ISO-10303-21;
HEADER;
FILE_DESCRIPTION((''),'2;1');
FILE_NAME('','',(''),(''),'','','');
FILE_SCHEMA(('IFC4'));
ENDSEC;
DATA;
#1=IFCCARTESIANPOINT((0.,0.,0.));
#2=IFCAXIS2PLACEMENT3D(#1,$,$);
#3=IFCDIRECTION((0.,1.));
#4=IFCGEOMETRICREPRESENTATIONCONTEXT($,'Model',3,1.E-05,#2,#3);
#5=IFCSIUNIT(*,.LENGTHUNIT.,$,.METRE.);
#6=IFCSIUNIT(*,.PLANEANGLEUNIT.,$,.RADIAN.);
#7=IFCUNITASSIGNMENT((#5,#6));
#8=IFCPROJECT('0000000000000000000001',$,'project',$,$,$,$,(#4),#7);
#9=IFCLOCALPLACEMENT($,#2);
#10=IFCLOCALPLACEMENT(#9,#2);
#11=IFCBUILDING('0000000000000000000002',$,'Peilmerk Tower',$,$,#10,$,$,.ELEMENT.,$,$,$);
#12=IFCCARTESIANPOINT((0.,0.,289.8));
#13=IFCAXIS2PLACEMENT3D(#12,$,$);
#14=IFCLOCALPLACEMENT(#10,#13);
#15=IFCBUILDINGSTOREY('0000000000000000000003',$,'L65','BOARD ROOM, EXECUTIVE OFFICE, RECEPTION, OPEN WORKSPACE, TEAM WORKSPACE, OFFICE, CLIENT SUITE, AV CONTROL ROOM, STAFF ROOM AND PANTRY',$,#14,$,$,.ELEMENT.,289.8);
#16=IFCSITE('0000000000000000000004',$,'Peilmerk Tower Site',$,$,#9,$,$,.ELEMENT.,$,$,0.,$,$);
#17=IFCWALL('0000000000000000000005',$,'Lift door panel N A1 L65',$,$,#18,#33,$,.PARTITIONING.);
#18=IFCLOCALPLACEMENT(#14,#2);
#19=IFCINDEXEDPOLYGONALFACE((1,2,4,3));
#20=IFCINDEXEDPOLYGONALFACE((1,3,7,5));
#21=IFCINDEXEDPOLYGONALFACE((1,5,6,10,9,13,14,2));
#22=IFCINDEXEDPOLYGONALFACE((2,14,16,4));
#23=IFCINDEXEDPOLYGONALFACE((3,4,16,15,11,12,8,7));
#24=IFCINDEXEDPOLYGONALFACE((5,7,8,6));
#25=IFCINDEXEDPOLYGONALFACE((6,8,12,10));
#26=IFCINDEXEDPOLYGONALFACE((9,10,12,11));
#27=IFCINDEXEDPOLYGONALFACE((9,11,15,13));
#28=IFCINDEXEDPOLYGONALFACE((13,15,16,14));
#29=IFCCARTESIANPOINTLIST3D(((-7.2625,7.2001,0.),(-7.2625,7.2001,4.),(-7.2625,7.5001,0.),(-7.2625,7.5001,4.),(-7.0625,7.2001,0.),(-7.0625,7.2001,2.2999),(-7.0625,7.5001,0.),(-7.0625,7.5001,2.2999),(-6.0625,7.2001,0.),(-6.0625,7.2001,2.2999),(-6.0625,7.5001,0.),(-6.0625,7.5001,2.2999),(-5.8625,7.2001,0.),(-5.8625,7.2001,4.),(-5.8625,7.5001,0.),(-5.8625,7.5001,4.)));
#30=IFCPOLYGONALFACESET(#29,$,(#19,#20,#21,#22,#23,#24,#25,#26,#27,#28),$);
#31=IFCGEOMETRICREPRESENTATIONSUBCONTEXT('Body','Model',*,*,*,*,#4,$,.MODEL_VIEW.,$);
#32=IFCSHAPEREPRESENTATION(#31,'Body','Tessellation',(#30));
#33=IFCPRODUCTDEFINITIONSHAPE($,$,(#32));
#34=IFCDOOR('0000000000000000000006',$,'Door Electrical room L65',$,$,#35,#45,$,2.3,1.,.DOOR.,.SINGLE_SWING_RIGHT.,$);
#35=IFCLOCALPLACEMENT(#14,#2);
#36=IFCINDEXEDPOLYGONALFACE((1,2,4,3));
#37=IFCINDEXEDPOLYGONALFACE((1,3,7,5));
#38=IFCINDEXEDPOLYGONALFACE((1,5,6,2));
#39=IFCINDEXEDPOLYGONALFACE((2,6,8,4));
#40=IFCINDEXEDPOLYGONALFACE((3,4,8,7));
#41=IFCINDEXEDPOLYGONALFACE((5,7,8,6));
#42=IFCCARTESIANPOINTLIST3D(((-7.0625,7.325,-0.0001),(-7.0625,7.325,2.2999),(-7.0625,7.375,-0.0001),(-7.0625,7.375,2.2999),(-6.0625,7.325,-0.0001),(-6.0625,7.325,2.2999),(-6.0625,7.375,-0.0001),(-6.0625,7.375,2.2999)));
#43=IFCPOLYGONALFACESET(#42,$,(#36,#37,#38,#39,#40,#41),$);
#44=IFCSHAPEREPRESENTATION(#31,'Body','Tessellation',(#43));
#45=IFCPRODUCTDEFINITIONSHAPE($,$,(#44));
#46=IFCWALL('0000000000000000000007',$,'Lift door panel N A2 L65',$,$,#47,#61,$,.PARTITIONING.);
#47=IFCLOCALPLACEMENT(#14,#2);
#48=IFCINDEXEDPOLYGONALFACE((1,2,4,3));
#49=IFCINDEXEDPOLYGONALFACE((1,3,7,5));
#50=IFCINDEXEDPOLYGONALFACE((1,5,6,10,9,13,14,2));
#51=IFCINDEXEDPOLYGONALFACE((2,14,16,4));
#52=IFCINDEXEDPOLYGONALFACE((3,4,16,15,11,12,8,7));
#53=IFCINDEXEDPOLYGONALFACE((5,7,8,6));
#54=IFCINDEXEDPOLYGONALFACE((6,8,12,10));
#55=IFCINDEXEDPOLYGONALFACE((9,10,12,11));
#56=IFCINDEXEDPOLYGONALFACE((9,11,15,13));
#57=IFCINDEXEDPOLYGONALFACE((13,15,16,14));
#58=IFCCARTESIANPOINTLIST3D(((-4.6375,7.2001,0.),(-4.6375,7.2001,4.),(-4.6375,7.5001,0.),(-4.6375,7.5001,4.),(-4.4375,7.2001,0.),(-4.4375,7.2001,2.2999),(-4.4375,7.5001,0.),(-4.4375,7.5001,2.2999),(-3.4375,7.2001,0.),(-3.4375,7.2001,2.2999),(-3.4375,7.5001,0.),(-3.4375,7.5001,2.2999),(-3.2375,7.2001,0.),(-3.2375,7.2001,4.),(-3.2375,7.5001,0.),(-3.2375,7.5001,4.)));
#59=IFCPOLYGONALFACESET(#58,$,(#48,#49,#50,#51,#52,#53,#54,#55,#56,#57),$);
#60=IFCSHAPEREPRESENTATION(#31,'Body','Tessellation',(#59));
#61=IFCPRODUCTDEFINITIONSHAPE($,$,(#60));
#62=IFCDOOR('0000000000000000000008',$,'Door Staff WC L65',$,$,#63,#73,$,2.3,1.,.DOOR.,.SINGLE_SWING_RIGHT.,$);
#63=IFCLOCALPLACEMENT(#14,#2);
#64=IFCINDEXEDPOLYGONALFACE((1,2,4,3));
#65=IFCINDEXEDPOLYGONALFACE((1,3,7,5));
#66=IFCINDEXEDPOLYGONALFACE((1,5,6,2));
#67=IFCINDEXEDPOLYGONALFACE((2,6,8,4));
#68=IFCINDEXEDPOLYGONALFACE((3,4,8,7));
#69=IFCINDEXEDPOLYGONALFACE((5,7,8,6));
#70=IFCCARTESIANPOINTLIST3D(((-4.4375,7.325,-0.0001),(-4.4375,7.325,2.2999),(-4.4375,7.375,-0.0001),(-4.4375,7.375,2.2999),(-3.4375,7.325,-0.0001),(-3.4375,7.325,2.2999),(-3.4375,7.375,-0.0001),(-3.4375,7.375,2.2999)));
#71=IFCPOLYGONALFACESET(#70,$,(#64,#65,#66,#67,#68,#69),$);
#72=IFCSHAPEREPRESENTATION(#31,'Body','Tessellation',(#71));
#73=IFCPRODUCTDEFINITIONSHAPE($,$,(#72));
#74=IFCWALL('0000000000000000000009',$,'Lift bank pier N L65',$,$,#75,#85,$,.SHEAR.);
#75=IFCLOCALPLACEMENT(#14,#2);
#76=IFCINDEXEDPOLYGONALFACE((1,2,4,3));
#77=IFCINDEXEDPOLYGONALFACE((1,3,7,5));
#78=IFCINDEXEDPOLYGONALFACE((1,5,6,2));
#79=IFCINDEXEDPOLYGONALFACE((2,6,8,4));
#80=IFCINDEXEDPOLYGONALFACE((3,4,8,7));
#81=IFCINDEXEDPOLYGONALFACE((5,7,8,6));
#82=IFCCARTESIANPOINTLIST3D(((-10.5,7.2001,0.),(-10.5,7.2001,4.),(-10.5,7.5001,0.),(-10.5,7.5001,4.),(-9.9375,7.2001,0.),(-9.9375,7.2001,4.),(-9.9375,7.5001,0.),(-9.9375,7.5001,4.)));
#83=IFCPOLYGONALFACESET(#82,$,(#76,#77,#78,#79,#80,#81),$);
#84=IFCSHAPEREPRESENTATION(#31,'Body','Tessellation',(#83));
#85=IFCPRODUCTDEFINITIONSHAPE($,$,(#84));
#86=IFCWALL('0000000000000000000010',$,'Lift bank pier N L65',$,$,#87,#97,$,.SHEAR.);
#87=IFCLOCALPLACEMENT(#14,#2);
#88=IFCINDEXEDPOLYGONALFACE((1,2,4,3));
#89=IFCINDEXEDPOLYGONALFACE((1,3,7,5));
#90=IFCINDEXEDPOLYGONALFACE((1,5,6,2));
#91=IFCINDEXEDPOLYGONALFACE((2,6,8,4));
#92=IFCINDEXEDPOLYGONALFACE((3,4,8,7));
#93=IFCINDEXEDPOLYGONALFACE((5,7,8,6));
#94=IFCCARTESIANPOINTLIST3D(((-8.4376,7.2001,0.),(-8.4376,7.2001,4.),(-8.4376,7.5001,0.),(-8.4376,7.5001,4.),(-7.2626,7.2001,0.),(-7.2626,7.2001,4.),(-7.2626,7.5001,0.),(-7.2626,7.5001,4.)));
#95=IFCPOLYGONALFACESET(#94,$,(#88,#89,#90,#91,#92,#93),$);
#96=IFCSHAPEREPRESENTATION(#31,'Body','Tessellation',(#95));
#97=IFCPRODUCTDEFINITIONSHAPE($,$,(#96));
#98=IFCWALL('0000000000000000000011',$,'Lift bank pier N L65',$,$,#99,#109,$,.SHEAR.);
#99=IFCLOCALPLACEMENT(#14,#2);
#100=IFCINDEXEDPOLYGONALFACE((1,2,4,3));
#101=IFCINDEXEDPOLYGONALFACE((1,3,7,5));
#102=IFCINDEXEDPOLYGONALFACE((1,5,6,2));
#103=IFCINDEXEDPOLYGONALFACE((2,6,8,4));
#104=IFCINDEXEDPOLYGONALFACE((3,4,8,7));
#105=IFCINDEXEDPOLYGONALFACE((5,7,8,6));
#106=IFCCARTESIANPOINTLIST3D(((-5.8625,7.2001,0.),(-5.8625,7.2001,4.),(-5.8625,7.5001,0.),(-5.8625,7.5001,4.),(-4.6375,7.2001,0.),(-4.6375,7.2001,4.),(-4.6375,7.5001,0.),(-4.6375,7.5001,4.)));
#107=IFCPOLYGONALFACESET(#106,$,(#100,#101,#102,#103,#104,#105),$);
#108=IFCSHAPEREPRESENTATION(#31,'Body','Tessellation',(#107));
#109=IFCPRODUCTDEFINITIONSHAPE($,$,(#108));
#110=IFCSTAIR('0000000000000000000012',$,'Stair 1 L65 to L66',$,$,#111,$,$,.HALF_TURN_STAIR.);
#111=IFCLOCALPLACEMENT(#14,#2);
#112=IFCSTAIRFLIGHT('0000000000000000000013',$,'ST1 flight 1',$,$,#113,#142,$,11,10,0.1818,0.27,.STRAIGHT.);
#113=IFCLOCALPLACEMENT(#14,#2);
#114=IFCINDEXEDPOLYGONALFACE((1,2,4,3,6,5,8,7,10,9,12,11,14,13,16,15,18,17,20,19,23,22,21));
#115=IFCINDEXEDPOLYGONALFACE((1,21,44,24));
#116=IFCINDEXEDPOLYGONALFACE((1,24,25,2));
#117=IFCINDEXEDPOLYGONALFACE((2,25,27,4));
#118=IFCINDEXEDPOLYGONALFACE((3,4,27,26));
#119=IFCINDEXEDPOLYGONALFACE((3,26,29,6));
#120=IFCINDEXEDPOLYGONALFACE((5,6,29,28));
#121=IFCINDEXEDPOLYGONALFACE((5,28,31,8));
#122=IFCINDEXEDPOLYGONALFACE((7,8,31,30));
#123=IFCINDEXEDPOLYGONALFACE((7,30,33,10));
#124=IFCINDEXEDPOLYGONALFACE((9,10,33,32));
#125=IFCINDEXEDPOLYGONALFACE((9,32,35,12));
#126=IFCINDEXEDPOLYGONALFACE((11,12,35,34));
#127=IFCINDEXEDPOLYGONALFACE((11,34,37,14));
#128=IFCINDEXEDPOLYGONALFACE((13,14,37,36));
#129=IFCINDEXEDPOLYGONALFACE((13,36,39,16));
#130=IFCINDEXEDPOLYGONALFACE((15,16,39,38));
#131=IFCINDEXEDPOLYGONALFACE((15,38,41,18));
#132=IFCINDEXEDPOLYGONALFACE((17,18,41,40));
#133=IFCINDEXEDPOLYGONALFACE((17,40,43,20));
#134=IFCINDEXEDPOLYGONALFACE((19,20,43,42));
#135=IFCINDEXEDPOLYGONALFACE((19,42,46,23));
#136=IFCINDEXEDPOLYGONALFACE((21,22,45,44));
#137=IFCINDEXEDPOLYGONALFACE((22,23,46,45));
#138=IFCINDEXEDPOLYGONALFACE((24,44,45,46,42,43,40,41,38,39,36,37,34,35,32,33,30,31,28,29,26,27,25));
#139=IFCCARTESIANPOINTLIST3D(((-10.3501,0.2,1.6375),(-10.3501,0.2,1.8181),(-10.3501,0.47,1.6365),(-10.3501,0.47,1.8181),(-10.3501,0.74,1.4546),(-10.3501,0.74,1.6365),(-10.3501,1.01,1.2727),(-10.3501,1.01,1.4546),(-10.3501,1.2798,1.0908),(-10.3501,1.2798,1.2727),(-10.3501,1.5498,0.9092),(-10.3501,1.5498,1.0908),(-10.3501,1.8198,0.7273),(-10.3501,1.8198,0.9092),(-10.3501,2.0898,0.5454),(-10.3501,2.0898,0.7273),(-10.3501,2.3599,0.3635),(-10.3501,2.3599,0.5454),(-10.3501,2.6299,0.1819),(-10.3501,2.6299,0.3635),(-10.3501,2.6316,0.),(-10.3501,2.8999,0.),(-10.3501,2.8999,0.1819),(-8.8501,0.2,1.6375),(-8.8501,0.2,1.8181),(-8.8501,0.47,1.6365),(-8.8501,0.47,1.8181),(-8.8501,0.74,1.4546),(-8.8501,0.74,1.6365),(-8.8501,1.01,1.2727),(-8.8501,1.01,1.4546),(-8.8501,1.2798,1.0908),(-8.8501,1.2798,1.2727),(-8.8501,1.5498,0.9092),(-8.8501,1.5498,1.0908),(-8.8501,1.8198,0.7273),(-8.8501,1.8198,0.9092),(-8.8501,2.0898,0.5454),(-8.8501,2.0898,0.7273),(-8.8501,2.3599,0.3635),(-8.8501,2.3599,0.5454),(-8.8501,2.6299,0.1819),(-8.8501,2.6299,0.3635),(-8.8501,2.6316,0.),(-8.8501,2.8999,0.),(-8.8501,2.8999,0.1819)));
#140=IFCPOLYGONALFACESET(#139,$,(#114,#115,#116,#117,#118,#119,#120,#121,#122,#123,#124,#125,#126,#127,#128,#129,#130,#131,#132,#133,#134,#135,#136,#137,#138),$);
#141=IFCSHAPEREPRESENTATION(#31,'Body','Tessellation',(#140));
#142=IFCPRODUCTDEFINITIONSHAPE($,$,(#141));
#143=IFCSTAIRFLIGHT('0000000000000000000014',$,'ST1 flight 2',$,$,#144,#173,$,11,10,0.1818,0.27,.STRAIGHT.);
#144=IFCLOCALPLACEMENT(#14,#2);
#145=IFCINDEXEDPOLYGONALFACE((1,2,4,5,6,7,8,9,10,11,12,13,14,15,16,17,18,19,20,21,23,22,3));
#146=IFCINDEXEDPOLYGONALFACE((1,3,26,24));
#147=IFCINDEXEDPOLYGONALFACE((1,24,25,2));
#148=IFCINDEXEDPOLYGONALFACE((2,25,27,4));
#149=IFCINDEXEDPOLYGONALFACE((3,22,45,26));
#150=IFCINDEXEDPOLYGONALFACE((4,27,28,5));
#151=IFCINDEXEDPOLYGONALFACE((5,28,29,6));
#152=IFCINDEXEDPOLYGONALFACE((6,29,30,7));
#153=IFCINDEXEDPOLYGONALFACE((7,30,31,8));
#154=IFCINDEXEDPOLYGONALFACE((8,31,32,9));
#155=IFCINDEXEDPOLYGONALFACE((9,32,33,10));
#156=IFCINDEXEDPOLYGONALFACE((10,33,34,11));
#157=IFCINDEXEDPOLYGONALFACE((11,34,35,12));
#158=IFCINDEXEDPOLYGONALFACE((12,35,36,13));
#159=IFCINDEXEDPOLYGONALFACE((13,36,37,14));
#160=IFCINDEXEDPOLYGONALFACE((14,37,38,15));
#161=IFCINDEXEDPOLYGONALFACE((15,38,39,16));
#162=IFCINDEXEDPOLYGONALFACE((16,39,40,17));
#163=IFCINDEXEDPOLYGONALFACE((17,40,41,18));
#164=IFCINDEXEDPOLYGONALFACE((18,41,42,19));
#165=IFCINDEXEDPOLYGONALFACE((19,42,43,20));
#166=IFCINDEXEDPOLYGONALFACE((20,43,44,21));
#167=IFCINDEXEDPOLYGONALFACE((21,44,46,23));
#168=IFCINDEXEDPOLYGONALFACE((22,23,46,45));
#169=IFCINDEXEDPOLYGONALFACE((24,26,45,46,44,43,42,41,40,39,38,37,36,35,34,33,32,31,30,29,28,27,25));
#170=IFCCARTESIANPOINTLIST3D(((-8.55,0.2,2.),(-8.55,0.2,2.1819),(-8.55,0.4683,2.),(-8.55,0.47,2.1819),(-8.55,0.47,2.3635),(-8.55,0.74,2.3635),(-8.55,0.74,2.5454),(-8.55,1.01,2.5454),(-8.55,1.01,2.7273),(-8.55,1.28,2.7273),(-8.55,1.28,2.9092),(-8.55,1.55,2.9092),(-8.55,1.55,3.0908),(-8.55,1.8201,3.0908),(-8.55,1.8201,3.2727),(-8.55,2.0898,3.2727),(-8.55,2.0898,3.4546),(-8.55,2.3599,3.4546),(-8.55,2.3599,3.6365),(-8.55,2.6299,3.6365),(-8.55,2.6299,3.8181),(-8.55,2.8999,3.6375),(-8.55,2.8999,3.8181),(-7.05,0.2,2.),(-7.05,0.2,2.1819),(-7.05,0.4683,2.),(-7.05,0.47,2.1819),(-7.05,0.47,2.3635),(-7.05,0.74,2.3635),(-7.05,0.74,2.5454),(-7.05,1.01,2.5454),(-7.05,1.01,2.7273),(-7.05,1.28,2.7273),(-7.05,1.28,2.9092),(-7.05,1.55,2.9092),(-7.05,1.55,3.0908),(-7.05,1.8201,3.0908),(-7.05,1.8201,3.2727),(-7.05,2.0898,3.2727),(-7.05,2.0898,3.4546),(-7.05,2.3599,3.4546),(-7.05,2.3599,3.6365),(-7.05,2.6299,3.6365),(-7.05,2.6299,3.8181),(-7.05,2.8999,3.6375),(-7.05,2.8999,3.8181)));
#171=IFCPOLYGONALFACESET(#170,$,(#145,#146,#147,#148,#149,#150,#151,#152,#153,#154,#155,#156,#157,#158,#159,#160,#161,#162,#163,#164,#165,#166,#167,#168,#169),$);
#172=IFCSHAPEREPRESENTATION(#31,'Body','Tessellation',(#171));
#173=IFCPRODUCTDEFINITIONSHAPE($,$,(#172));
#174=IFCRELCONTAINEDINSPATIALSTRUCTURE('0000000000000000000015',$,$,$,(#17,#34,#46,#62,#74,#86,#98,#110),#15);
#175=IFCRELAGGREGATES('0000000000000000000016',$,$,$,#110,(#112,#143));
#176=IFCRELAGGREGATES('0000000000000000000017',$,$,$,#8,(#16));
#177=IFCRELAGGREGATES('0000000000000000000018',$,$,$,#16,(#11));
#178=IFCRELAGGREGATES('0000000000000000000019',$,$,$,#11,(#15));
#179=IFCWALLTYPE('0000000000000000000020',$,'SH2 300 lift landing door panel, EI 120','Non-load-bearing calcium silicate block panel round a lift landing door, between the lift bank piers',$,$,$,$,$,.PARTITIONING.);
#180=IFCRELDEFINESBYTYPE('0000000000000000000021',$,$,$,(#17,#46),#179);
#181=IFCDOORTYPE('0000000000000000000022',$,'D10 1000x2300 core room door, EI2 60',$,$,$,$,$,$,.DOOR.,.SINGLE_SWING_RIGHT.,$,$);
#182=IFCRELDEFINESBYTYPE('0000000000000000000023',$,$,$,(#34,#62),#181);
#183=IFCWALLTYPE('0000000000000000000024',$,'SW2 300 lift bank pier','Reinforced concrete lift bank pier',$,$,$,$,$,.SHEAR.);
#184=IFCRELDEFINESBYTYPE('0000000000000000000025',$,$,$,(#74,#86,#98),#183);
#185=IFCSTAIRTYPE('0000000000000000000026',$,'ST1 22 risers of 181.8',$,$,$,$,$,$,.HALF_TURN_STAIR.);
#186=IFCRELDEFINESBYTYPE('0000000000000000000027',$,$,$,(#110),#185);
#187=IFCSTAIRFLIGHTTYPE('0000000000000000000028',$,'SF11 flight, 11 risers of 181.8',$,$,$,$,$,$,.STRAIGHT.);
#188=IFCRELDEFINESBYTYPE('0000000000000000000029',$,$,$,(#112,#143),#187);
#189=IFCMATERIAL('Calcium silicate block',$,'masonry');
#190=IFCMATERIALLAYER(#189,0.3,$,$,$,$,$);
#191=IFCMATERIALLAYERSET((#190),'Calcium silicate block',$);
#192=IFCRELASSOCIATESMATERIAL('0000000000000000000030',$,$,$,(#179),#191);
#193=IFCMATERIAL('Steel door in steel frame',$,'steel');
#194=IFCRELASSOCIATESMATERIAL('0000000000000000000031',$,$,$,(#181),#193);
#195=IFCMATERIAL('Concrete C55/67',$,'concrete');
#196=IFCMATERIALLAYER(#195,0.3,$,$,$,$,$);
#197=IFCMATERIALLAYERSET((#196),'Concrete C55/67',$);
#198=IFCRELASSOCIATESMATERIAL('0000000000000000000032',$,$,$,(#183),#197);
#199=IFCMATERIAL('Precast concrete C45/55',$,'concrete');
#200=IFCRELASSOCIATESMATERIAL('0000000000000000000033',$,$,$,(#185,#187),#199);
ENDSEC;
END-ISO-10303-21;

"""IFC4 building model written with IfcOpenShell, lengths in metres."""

from ifc_helpers import new_model, si_unit, direction, frame, frame_2d, origin, place, context, subcontext, project, spatial, polyline, rectangle, outline, extrude, material, layer, layer_set, type_object, element, fill, aggregate, save


model = new_model("IFC4")

# Units and contexts
model_context = context("Model", 3, precision=1e-05, world=origin(), true_north=direction((0.0, 1.0)))
body_context = subcontext(model_context, "Body", "Model", "MODEL_VIEW")
ifc_project = project(units=[si_unit("LENGTHUNIT", "METRE"), si_unit("PLANEANGLEUNIT", "RADIAN")], contexts=[model_context])

# Site, building, storey
site_placement = place(None, origin())
site = spatial("IfcSite", under=ifc_project, at=site_placement, Name="Peilmerk Tower Site", CompositionType="ELEMENT", RefElevation=0.0)
building_placement = place(site_placement, origin())
building = spatial("IfcBuilding", under=site, at=building_placement, Name="Peilmerk Tower", CompositionType="ELEMENT")
storey_placement = place(building_placement, frame((0.0, 0.0, 289.8)))
storey = spatial("IfcBuildingStorey", under=building, at=storey_placement, Name="L65", Description="BOARD ROOM, EXECUTIVE OFFICE, RECEPTION, OPEN WORKSPACE, TEAM WORKSPACE, OFFICE, CLIENT SUITE, AV CONTROL ROOM, STAFF ROOM AND PANTRY", CompositionType="ELEMENT", Elevation=289.8)

# Shared definitions
ifc_material_1 = material(Name="Concrete C55/67", Category="concrete")

# Shared definitions
ifc_material_2 = material(Name="Steel door in steel frame", Category="steel")

# Walls, openings, doors
ifc_material_3 = material(Name="Calcium silicate block", Category="masonry")
ifc_layer_1 = layer(ifc_material_3, 0.3)
ifc_layer_set_1 = layer_set([ifc_layer_1], Name="Calcium silicate block")
wall_type_1 = type_object("IfcWallType", Name="SH2 300 lift landing door panel, EI 120", Description="Non-load-bearing calcium silicate block panel round a lift landing door, between the lift bank piers", PredefinedType="PARTITIONING", material=ifc_layer_set_1)
wall_1_placement = place(storey_placement, frame((-7.2625, 7.3501, 0.0), z_axis=(0.0, 0.0, 1.0), x_axis=(1.0, 0.0, 0.0)))
wall_1 = element("IfcWall", 1, at=wall_1_placement, inside=storey, type_object=wall_type_1, Name="Lift door panel N A1 L65", PredefinedType="PARTITIONING", context=body_context, shape_type="SweptSolid", body=[
    extrude(rectangle(XDim=1.3999, YDim=0.3, at=frame_2d((0.7, 0.0))), origin(), (0.0, 0.0, 1.0), 4.0),
])
opening_1_placement = place(wall_1_placement, frame((0.2, 0.0, 0.0)))
opening_1 = element("IfcOpeningElement", 2, at=opening_1_placement, cuts=wall_1, PredefinedType="OPENING", context=body_context, shape_type="SweptSolid", body=[
    extrude(rectangle(XDim=1.0, YDim=2.3, at=frame_2d((0.5, 1.1499))), frame((0.0, 0.1599, 0.0), z_axis=(0.0, -1.0, 0.0), x_axis=(1.0, 0.0, 0.0)), (0.0, 0.0, 1.0), 0.3201),
])
door_type_1 = type_object("IfcDoorType", Name="D10 1000x2300 core room door, EI2 60", OperationType="SINGLE_SWING_RIGHT", PredefinedType="DOOR", material=ifc_material_2)
door_1_placement = place(opening_1_placement, origin())
door_1 = element("IfcDoor", 3, at=door_1_placement, inside=storey, type_object=door_type_1, Name="Door Electrical room L65", OperationType="SINGLE_SWING_RIGHT", OverallHeight=2.3, OverallWidth=1.0, PredefinedType="DOOR", context=body_context, shape_type="SweptSolid", body=[
    extrude(rectangle(XDim=1.0, YDim=2.3, at=frame_2d((0.5, 1.1499))), frame((0.0, 0.0249, 0.0), z_axis=(0.0, -1.0, 0.0), x_axis=(1.0, 0.0, 0.0)), (0.0, 0.0, 1.0), 0.05),
])
fill(opening_1, door_1)
wall_2_placement = place(storey_placement, frame((-4.6375, 7.3501, 0.0), z_axis=(0.0, 0.0, 1.0), x_axis=(1.0, 0.0, 0.0)))
wall_2 = element("IfcWall", 4, at=wall_2_placement, inside=storey, type_object=wall_type_1, Name="Lift door panel N A2 L65", PredefinedType="PARTITIONING", context=body_context, shape_type="SweptSolid", body=[
    extrude(rectangle(XDim=1.3999, YDim=0.3, at=frame_2d((0.7, 0.0))), origin(), (0.0, 0.0, 1.0), 4.0),
])
opening_2_placement = place(wall_2_placement, frame((0.2, 0.0, 0.0)))
opening_2 = element("IfcOpeningElement", 5, at=opening_2_placement, cuts=wall_2, PredefinedType="OPENING", context=body_context, shape_type="SweptSolid", body=[
    extrude(rectangle(XDim=1.0, YDim=2.3, at=frame_2d((0.5, 1.1499))), frame((0.0, 0.1599, 0.0), z_axis=(0.0, -1.0, 0.0), x_axis=(1.0, 0.0, 0.0)), (0.0, 0.0, 1.0), 0.3201),
])
door_2_placement = place(opening_2_placement, origin())
door_2 = element("IfcDoor", 6, at=door_2_placement, inside=storey, type_object=door_type_1, Name="Door Staff WC L65", OperationType="SINGLE_SWING_RIGHT", OverallHeight=2.3, OverallWidth=1.0, PredefinedType="DOOR", context=body_context, shape_type="SweptSolid", body=[
    extrude(rectangle(XDim=1.0, YDim=2.3, at=frame_2d((0.5, 1.1499))), frame((0.0, 0.0249, 0.0), z_axis=(0.0, -1.0, 0.0), x_axis=(1.0, 0.0, 0.0)), (0.0, 0.0, 1.0), 0.05),
])
fill(opening_2, door_2)

# Walls
ifc_layer_2 = layer(ifc_material_1, 0.3)
ifc_layer_set_2 = layer_set([ifc_layer_2], Name="Concrete C55/67")
wall_type_2 = type_object("IfcWallType", Name="SW2 300 lift bank pier", Description="Reinforced concrete lift bank pier", PredefinedType="SHEAR", material=ifc_layer_set_2)
wall_3_placement = place(storey_placement, frame((-10.5, 7.3501, 0.0), z_axis=(0.0, 0.0, 1.0), x_axis=(1.0, 0.0, 0.0)))
element("IfcWall", 7, at=wall_3_placement, inside=storey, type_object=wall_type_2, Name="Lift bank pier N L65", PredefinedType="SHEAR", context=body_context, shape_type="SweptSolid", body=[
    extrude(rectangle(XDim=0.5625, YDim=0.3, at=frame_2d((0.2812, 0.0))), origin(), (0.0, 0.0, 1.0), 4.0),
])
wall_4_placement = place(storey_placement, frame((-8.4375, 7.3501, 0.0), z_axis=(0.0, 0.0, 1.0), x_axis=(1.0, 0.0, 0.0)))
element("IfcWall", 8, at=wall_4_placement, inside=storey, type_object=wall_type_2, Name="Lift bank pier N L65", PredefinedType="SHEAR", context=body_context, shape_type="SweptSolid", body=[
    extrude(rectangle(XDim=1.175, YDim=0.3, at=frame_2d((0.5874, 0.0))), origin(), (0.0, 0.0, 1.0), 4.0),
])
wall_5_placement = place(storey_placement, frame((-5.8625, 7.3501, 0.0), z_axis=(0.0, 0.0, 1.0), x_axis=(1.0, 0.0, 0.0)))
element("IfcWall", 9, at=wall_5_placement, inside=storey, type_object=wall_type_2, Name="Lift bank pier N L65", PredefinedType="SHEAR", context=body_context, shape_type="SweptSolid", body=[
    extrude(rectangle(XDim=1.2251, YDim=0.3, at=frame_2d((0.6125, 0.0))), origin(), (0.0, 0.0, 1.0), 4.0),
])

# Stair, stair flights
ifc_material_4 = material(Name="Precast concrete C45/55", Category="concrete")
stair_type = type_object("IfcStairType", Name="ST1 22 risers of 181.8", PredefinedType="HALF_TURN_STAIR", material=ifc_material_4)
stair_placement = place(storey_placement, origin())
stair = element("IfcStair", 10, at=stair_placement, inside=storey, type_object=stair_type, Name="Stair 1 L65 to L66", PredefinedType="HALF_TURN_STAIR")
stair_flight_type = type_object("IfcStairFlightType", Name="SF11 flight, 11 risers of 181.8", PredefinedType="STRAIGHT", material=ifc_material_4)
stair_flight_1_placement = place(storey_placement, frame((-9.6001, 2.8999, 0.0), z_axis=(0.0, 0.0, 1.0), x_axis=(0.0, -1.0, 0.0)))
stair_flight_1 = element("IfcStairFlight", 11, at=stair_flight_1_placement, type_object=stair_flight_type, Name="ST1 flight 1", NumberOfRisers=11, NumberOfTreads=10, PredefinedType="STRAIGHT", RiserHeight=0.1818, TreadLength=0.27, context=body_context, shape_type="SweptSolid", body=[
    extrude(outline(polyline([(0.0, 0.0), (0.0, 0.1819), (0.27, 0.1819), (0.27, 0.3635), (0.54, 0.3635), (0.54, 0.5454), (0.8101, 0.5454), (0.8101, 0.7273), (1.0801, 0.7273), (1.0801, 0.9092), (1.3501, 0.9092), (1.3501, 1.0908), (1.6201, 1.0908), (1.6201, 1.2727), (1.8899, 1.2727), (1.8899, 1.4546), (2.1599, 1.4546), (2.1599, 1.6365), (2.4299, 1.6365), (2.4299, 1.8181), (2.7, 1.8181), (2.7, 2.0), (2.7, 1.6375), (0.2683, 0.0), (0.0, 0.0)])), frame((0.0, 0.75, 0.0), z_axis=(0.0, -1.0, 0.0), x_axis=(1.0, 0.0, 0.0)), (0.0, 0.0, 1.0), 1.5),
])
stair_flight_2_placement = place(storey_placement, frame((-7.8, 0.2, 2.0), z_axis=(0.0, 0.0, 1.0), x_axis=(0.0, 1.0, 0.0)))
stair_flight_2 = element("IfcStairFlight", 12, at=stair_flight_2_placement, type_object=stair_flight_type, Name="ST1 flight 2", NumberOfRisers=11, NumberOfTreads=10, PredefinedType="STRAIGHT", RiserHeight=0.1818, TreadLength=0.27, context=body_context, shape_type="SweptSolid", body=[
    extrude(outline(polyline([(0.0, 0.0), (0.0, 0.1819), (0.27, 0.1819), (0.27, 0.3635), (0.54, 0.3635), (0.54, 0.5454), (0.8101, 0.5454), (0.8101, 0.7273), (1.0801, 0.7273), (1.0801, 0.9092), (1.3501, 0.9092), (1.3501, 1.0908), (1.6201, 1.0908), (1.6201, 1.2727), (1.8899, 1.2727), (1.8899, 1.4546), (2.1599, 1.4546), (2.1599, 1.6365), (2.4299, 1.6365), (2.4299, 1.8181), (2.7, 1.8181), (2.7, 2.0), (2.7, 1.6375), (0.2683, 0.0), (0.0, 0.0)])), frame((0.0, 0.75, 0.0), z_axis=(0.0, -1.0, 0.0), x_axis=(1.0, 0.0, 0.0)), (0.0, 0.0, 1.0), 1.5),
])
aggregate(stair, [stair_flight_1, stair_flight_2])

save(model, "model.ifc")
